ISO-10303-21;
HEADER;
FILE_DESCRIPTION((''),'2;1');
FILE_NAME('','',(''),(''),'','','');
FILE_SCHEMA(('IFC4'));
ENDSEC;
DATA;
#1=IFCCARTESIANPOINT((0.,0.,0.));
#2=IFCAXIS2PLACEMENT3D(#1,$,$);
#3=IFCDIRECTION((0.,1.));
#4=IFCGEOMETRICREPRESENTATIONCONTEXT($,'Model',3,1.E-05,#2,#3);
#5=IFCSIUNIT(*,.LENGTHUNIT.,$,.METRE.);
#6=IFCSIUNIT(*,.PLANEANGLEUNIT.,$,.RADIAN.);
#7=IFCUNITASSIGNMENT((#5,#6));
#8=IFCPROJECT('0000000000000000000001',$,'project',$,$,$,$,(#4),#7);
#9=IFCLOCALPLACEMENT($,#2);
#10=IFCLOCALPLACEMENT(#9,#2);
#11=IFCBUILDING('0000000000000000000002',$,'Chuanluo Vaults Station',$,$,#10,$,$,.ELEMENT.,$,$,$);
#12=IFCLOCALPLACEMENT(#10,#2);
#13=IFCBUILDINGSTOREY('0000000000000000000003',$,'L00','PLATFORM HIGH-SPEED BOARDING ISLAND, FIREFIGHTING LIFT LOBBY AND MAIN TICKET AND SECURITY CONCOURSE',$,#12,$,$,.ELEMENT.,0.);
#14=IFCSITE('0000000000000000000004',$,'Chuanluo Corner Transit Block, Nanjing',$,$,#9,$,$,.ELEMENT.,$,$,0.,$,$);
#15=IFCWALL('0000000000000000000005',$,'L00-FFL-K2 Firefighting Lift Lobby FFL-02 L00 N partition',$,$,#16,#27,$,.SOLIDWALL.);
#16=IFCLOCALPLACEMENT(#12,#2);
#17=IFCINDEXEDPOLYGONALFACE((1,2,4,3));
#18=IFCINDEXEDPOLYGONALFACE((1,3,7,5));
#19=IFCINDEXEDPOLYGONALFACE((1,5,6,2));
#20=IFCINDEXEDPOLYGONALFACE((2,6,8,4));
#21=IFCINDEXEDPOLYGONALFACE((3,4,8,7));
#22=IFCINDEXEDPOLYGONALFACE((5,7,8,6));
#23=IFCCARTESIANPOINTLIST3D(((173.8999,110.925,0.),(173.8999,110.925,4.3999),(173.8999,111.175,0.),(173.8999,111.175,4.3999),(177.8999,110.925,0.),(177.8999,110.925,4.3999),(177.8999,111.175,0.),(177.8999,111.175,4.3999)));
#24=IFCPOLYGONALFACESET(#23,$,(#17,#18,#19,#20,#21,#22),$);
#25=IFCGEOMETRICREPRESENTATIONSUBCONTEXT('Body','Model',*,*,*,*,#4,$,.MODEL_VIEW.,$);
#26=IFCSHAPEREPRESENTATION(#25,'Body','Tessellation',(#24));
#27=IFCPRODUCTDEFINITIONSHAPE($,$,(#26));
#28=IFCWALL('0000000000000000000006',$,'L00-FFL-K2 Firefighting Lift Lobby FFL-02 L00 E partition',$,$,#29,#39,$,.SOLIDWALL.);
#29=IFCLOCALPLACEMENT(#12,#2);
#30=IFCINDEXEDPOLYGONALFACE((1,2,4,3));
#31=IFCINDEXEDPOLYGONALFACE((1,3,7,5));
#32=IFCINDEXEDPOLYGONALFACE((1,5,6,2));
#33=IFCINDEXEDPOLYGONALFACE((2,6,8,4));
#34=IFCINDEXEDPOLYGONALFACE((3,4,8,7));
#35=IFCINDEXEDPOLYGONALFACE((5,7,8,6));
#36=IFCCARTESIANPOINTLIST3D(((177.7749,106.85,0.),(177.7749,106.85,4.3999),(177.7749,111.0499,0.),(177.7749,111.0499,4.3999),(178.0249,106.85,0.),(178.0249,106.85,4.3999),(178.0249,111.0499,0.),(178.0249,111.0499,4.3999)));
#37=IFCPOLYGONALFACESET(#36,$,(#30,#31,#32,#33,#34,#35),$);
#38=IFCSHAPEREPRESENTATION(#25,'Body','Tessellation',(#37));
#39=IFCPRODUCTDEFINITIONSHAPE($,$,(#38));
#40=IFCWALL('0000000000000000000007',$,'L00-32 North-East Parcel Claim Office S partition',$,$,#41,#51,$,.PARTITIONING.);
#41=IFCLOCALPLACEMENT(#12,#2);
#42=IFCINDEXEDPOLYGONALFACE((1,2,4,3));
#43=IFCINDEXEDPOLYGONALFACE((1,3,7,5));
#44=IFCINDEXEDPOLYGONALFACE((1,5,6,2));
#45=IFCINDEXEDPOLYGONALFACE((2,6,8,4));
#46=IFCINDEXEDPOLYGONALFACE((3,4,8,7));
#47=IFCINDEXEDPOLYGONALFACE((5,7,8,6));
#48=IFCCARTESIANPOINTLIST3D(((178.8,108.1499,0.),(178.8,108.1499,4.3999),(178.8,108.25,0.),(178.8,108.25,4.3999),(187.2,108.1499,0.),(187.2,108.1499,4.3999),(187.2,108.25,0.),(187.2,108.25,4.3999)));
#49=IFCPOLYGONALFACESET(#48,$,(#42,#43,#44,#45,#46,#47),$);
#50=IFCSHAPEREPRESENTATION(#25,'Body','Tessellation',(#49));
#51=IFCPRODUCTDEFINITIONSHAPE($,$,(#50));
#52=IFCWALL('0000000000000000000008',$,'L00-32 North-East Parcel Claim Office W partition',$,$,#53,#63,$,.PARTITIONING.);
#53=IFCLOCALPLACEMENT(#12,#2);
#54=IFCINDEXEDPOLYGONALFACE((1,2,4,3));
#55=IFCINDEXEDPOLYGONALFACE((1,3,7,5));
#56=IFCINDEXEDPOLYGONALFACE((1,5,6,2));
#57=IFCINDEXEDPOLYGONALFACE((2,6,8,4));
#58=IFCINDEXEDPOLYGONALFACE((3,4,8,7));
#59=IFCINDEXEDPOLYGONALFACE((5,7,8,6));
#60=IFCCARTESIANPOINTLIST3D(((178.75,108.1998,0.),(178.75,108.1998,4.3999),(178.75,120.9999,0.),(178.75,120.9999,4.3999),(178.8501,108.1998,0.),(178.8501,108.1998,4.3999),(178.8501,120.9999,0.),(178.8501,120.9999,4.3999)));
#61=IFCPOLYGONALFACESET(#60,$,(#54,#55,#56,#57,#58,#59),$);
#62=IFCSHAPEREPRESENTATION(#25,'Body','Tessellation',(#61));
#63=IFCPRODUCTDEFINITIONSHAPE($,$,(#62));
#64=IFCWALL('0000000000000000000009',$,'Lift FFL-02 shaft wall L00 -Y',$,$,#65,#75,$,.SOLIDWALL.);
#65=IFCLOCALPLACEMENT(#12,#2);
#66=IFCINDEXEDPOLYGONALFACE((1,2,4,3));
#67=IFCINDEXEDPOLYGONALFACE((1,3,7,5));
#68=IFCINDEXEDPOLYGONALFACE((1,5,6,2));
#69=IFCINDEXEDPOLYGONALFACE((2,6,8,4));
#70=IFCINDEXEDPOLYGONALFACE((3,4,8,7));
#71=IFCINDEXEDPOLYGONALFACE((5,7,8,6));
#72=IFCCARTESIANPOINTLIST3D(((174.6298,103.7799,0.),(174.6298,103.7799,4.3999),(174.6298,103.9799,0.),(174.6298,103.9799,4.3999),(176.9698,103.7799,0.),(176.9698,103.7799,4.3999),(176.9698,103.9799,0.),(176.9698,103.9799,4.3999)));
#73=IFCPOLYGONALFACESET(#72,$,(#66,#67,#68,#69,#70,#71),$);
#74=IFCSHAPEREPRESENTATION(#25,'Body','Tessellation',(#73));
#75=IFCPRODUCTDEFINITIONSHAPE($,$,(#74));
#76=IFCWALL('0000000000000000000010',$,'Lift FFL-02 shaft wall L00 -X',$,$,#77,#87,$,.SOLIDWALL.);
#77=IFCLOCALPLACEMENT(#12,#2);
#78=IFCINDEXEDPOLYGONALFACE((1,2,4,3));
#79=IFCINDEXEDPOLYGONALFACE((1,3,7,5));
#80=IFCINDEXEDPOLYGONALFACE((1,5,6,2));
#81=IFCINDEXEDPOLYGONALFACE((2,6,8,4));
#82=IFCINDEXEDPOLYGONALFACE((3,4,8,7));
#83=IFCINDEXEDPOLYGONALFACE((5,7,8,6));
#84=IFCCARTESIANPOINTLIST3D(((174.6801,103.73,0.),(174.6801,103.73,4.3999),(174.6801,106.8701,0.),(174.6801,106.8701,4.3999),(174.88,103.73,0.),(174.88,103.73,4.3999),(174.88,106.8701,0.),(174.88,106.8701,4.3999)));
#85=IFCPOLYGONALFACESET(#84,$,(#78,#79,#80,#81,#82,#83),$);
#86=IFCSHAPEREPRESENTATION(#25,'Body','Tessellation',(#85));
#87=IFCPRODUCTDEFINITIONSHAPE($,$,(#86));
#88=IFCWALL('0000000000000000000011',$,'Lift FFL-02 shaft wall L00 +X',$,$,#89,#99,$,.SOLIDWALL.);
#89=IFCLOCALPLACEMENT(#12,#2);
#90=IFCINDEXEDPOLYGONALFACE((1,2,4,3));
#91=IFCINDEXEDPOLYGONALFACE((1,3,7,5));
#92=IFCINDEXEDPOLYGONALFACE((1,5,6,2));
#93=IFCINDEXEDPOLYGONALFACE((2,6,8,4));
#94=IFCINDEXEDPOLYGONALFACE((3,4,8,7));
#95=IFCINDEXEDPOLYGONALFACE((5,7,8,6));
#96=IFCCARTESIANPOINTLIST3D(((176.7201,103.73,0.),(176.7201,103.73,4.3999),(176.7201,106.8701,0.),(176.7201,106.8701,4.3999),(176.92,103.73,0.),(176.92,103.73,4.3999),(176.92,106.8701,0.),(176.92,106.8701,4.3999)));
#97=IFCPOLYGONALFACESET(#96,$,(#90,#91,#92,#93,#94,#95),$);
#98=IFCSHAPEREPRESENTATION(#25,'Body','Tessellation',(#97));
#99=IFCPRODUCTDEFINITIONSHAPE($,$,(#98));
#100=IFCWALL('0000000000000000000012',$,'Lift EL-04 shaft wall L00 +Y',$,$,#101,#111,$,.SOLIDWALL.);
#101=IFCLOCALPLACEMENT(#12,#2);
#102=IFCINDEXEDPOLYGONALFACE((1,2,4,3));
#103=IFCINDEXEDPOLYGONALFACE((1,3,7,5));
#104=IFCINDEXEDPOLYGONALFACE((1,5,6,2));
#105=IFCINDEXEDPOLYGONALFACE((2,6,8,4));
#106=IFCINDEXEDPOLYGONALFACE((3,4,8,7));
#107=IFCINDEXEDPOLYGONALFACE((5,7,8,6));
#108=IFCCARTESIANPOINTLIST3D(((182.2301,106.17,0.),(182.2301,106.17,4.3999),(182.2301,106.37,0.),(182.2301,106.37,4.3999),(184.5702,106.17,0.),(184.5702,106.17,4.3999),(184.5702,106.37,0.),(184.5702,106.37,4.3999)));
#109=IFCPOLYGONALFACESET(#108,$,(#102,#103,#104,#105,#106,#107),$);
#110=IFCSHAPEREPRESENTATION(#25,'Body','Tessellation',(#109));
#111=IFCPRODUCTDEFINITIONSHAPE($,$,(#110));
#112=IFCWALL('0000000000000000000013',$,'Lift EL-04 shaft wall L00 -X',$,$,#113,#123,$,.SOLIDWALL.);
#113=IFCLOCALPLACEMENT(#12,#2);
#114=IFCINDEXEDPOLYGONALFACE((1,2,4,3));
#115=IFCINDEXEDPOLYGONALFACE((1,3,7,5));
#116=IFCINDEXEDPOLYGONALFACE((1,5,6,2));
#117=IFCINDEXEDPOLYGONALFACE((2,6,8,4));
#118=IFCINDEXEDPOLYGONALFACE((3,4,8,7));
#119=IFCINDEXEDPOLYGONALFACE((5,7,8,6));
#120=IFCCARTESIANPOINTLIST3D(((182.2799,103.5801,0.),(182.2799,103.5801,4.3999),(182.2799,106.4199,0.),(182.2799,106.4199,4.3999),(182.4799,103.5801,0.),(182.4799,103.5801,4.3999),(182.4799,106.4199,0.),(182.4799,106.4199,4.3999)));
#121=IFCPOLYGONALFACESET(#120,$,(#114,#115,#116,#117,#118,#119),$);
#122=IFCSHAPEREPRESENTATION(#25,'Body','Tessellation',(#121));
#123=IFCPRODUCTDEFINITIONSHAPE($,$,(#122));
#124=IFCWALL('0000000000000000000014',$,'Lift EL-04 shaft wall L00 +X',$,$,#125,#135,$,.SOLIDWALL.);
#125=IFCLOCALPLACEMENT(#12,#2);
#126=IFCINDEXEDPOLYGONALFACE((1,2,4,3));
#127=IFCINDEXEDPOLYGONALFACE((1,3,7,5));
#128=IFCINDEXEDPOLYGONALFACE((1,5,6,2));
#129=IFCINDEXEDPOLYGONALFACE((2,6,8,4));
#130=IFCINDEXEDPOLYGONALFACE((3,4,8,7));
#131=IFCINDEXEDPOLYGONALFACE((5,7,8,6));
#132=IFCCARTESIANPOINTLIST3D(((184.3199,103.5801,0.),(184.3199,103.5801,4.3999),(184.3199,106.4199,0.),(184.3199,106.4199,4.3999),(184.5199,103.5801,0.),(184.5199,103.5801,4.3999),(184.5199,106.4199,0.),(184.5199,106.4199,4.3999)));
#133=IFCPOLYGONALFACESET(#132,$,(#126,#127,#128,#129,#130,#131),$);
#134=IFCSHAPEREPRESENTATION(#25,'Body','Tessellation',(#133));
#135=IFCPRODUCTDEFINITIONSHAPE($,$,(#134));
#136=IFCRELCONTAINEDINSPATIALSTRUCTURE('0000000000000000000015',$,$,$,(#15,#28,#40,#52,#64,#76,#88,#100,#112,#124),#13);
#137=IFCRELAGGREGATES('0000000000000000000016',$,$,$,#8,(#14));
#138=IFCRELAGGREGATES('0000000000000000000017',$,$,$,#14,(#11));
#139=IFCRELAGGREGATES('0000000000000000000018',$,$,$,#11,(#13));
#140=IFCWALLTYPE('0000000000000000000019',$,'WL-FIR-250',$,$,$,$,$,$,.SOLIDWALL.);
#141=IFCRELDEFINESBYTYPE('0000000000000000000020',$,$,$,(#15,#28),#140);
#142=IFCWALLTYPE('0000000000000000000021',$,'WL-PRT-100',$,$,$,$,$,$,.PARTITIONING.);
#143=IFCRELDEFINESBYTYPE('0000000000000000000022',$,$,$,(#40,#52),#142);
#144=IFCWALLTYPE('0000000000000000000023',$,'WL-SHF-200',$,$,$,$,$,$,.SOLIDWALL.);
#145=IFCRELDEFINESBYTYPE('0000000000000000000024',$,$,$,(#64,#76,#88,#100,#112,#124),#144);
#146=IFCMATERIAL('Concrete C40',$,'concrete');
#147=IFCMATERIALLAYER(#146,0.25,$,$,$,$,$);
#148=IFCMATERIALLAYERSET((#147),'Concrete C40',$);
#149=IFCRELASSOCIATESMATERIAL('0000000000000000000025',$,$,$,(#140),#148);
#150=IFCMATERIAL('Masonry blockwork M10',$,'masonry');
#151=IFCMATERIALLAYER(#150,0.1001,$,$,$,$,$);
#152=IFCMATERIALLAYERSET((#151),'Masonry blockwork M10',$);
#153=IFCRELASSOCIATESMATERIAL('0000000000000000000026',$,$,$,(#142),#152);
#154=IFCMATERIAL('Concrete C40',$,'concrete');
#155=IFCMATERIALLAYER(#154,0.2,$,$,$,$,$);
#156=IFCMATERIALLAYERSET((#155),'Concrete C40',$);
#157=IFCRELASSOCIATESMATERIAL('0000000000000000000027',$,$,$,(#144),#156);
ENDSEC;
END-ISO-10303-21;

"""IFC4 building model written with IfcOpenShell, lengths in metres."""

from ifc_helpers import new_model, si_unit, direction, frame, frame_2d, origin, place, context, subcontext, project, spatial, rectangle, extrude, material, layer, layer_set, type_object, element, save


model = new_model("IFC4")

# Units and contexts
model_context = context("Model", 3, precision=1e-05, world=origin(), true_north=direction((0.0, 1.0)))
body_context = subcontext(model_context, "Body", "Model", "MODEL_VIEW")
ifc_project = project(units=[si_unit("LENGTHUNIT", "METRE"), si_unit("PLANEANGLEUNIT", "RADIAN")], contexts=[model_context])

# Site, building, storey
site_placement = place(None, origin())
site = spatial("IfcSite", under=ifc_project, at=site_placement, Name="Chuanluo Corner Transit Block, Nanjing", CompositionType="ELEMENT", RefElevation=0.0)
building_placement = place(site_placement, origin())
building = spatial("IfcBuilding", under=site, at=building_placement, Name="Chuanluo Vaults Station", CompositionType="ELEMENT")
storey_placement = place(building_placement, origin())
storey = spatial("IfcBuildingStorey", under=building, at=storey_placement, Name="L00", Description="PLATFORM HIGH-SPEED BOARDING ISLAND, FIREFIGHTING LIFT LOBBY AND MAIN TICKET AND SECURITY CONCOURSE", CompositionType="ELEMENT", Elevation=0.0)

# Walls
ifc_material_1 = material(Name="Concrete C40", Category="concrete")
ifc_layer_1 = layer(ifc_material_1, 0.25)
ifc_layer_set_1 = layer_set([ifc_layer_1], Name="Concrete C40")
wall_type_1 = type_object("IfcWallType", Name="WL-FIR-250", PredefinedType="SOLIDWALL", material=ifc_layer_set_1)
wall_1_placement = place(storey_placement, frame((173.8999, 111.05, 0.0), z_axis=(0.0, 0.0, 1.0), x_axis=(1.0, 0.0, 0.0)))
element("IfcWall", 1, at=wall_1_placement, inside=storey, type_object=wall_type_1, Name="L00-FFL-K2 Firefighting Lift Lobby FFL-02 L00 N partition", PredefinedType="SOLIDWALL", context=body_context, shape_type="SweptSolid", body=[
    extrude(rectangle(XDim=4.0, YDim=0.25, at=frame_2d((2.0, 0.0))), origin(), (0.0, 0.0, 1.0), 4.3999),
])
wall_2_placement = place(storey_placement, frame((177.8999, 111.05, 0.0), z_axis=(0.0, 0.0, 1.0), x_axis=(0.0, -1.0, 0.0)))
element("IfcWall", 2, at=wall_2_placement, inside=storey, type_object=wall_type_1, Name="L00-FFL-K2 Firefighting Lift Lobby FFL-02 L00 E partition", PredefinedType="SOLIDWALL", context=body_context, shape_type="SweptSolid", body=[
    extrude(rectangle(XDim=4.2, YDim=0.25, at=frame_2d((2.1001, 0.0))), origin(), (0.0, 0.0, 1.0), 4.3999),
])
ifc_material_2 = material(Name="Masonry blockwork M10", Category="masonry")
ifc_layer_2 = layer(ifc_material_2, 0.1001)
ifc_layer_set_2 = layer_set([ifc_layer_2], Name="Masonry blockwork M10")
wall_type_2 = type_object("IfcWallType", Name="WL-PRT-100", PredefinedType="PARTITIONING", material=ifc_layer_set_2)
wall_3_placement = place(storey_placement, frame((187.2, 108.2, 0.0), z_axis=(0.0, 0.0, 1.0), x_axis=(-1.0, 0.0, 0.0)))
element("IfcWall", 3, at=wall_3_placement, inside=storey, type_object=wall_type_2, Name="L00-32 North-East Parcel Claim Office S partition", PredefinedType="PARTITIONING", context=body_context, shape_type="SweptSolid", body=[
    extrude(rectangle(XDim=8.3999, YDim=0.1001, at=frame_2d((4.2, 0.0))), origin(), (0.0, 0.0, 1.0), 4.3999),
])
wall_4_placement = place(storey_placement, frame((178.8, 108.2, 0.0), z_axis=(0.0, 0.0, 1.0), x_axis=(0.0, 1.0, 0.0)))
element("IfcWall", 4, at=wall_4_placement, inside=storey, type_object=wall_type_2, Name="L00-32 North-East Parcel Claim Office W partition", PredefinedType="PARTITIONING", context=body_context, shape_type="SweptSolid", body=[
    extrude(rectangle(XDim=12.8, YDim=0.1001, at=frame_2d((6.3999, 0.0))), origin(), (0.0, 0.0, 1.0), 4.3999),
])
ifc_material_3 = material(Name="Concrete C40", Category="concrete")
ifc_layer_3 = layer(ifc_material_3, 0.2)
ifc_layer_set_3 = layer_set([ifc_layer_3], Name="Concrete C40")
wall_type_3 = type_object("IfcWallType", Name="WL-SHF-200", PredefinedType="SOLIDWALL", material=ifc_layer_set_3)
wall_5_placement = place(storey_placement, frame((174.6299, 103.8799, 0.0), z_axis=(0.0, 0.0, 1.0), x_axis=(1.0, 0.0, 0.0)))
element("IfcWall", 5, at=wall_5_placement, inside=storey, type_object=wall_type_3, Name="Lift FFL-02 shaft wall L00 -Y", PredefinedType="SOLIDWALL", context=body_context, shape_type="SweptSolid", body=[
    extrude(rectangle(XDim=2.3401, YDim=0.2, at=frame_2d((1.1699, 0.0))), origin(), (0.0, 0.0, 1.0), 4.3999),
])

# Walls
for number, where, z_axis, x_axis, name in (
    (6, (174.78, 106.8701, 0.0), (0.0, 0.0, 1.0), (0.0, -1.0, 0.0), "Lift FFL-02 shaft wall L00 -X"),
    (7, (176.8201, 103.73, 0.0), (0.0, 0.0, 1.0), (0.0, 1.0, 0.0), "Lift FFL-02 shaft wall L00 +X"),
):
    element("IfcWall", number, at=place(storey_placement, frame(where, z_axis=z_axis, x_axis=x_axis)), inside=storey, type_object=wall_type_3, Name=name, PredefinedType="SOLIDWALL", context=body_context, shape_type="SweptSolid", body=[
        extrude(rectangle(XDim=3.1401, YDim=0.2, at=frame_2d((1.5701, 0.0))), origin(), (0.0, 0.0, 1.0), 4.3999),
    ])

# Walls
wall_6_placement = place(storey_placement, frame((184.5701, 106.27, 0.0), z_axis=(0.0, 0.0, 1.0), x_axis=(-1.0, 0.0, 0.0)))
element("IfcWall", 8, at=wall_6_placement, inside=storey, type_object=wall_type_3, Name="Lift EL-04 shaft wall L00 +Y", PredefinedType="SOLIDWALL", context=body_context, shape_type="SweptSolid", body=[
    extrude(rectangle(XDim=2.3401, YDim=0.2, at=frame_2d((1.1699, 0.0))), origin(), (0.0, 0.0, 1.0), 4.3999),
])
for number, where, z_axis, x_axis, name in (
    (9, (182.3799, 106.4199, 0.0), (0.0, 0.0, 1.0), (0.0, -1.0, 0.0), "Lift EL-04 shaft wall L00 -X"),
    (10, (184.4199, 103.5801, 0.0), (0.0, 0.0, 1.0), (0.0, 1.0, 0.0), "Lift EL-04 shaft wall L00 +X"),
):
    element("IfcWall", number, at=place(storey_placement, frame(where, z_axis=z_axis, x_axis=x_axis)), inside=storey, type_object=wall_type_3, Name=name, PredefinedType="SOLIDWALL", context=body_context, shape_type="SweptSolid", body=[
        extrude(rectangle(XDim=2.8398, YDim=0.2, at=frame_2d((1.4199, 0.0))), origin(), (0.0, 0.0, 1.0), 4.3999),
    ])

save(model, "model.ifc")
